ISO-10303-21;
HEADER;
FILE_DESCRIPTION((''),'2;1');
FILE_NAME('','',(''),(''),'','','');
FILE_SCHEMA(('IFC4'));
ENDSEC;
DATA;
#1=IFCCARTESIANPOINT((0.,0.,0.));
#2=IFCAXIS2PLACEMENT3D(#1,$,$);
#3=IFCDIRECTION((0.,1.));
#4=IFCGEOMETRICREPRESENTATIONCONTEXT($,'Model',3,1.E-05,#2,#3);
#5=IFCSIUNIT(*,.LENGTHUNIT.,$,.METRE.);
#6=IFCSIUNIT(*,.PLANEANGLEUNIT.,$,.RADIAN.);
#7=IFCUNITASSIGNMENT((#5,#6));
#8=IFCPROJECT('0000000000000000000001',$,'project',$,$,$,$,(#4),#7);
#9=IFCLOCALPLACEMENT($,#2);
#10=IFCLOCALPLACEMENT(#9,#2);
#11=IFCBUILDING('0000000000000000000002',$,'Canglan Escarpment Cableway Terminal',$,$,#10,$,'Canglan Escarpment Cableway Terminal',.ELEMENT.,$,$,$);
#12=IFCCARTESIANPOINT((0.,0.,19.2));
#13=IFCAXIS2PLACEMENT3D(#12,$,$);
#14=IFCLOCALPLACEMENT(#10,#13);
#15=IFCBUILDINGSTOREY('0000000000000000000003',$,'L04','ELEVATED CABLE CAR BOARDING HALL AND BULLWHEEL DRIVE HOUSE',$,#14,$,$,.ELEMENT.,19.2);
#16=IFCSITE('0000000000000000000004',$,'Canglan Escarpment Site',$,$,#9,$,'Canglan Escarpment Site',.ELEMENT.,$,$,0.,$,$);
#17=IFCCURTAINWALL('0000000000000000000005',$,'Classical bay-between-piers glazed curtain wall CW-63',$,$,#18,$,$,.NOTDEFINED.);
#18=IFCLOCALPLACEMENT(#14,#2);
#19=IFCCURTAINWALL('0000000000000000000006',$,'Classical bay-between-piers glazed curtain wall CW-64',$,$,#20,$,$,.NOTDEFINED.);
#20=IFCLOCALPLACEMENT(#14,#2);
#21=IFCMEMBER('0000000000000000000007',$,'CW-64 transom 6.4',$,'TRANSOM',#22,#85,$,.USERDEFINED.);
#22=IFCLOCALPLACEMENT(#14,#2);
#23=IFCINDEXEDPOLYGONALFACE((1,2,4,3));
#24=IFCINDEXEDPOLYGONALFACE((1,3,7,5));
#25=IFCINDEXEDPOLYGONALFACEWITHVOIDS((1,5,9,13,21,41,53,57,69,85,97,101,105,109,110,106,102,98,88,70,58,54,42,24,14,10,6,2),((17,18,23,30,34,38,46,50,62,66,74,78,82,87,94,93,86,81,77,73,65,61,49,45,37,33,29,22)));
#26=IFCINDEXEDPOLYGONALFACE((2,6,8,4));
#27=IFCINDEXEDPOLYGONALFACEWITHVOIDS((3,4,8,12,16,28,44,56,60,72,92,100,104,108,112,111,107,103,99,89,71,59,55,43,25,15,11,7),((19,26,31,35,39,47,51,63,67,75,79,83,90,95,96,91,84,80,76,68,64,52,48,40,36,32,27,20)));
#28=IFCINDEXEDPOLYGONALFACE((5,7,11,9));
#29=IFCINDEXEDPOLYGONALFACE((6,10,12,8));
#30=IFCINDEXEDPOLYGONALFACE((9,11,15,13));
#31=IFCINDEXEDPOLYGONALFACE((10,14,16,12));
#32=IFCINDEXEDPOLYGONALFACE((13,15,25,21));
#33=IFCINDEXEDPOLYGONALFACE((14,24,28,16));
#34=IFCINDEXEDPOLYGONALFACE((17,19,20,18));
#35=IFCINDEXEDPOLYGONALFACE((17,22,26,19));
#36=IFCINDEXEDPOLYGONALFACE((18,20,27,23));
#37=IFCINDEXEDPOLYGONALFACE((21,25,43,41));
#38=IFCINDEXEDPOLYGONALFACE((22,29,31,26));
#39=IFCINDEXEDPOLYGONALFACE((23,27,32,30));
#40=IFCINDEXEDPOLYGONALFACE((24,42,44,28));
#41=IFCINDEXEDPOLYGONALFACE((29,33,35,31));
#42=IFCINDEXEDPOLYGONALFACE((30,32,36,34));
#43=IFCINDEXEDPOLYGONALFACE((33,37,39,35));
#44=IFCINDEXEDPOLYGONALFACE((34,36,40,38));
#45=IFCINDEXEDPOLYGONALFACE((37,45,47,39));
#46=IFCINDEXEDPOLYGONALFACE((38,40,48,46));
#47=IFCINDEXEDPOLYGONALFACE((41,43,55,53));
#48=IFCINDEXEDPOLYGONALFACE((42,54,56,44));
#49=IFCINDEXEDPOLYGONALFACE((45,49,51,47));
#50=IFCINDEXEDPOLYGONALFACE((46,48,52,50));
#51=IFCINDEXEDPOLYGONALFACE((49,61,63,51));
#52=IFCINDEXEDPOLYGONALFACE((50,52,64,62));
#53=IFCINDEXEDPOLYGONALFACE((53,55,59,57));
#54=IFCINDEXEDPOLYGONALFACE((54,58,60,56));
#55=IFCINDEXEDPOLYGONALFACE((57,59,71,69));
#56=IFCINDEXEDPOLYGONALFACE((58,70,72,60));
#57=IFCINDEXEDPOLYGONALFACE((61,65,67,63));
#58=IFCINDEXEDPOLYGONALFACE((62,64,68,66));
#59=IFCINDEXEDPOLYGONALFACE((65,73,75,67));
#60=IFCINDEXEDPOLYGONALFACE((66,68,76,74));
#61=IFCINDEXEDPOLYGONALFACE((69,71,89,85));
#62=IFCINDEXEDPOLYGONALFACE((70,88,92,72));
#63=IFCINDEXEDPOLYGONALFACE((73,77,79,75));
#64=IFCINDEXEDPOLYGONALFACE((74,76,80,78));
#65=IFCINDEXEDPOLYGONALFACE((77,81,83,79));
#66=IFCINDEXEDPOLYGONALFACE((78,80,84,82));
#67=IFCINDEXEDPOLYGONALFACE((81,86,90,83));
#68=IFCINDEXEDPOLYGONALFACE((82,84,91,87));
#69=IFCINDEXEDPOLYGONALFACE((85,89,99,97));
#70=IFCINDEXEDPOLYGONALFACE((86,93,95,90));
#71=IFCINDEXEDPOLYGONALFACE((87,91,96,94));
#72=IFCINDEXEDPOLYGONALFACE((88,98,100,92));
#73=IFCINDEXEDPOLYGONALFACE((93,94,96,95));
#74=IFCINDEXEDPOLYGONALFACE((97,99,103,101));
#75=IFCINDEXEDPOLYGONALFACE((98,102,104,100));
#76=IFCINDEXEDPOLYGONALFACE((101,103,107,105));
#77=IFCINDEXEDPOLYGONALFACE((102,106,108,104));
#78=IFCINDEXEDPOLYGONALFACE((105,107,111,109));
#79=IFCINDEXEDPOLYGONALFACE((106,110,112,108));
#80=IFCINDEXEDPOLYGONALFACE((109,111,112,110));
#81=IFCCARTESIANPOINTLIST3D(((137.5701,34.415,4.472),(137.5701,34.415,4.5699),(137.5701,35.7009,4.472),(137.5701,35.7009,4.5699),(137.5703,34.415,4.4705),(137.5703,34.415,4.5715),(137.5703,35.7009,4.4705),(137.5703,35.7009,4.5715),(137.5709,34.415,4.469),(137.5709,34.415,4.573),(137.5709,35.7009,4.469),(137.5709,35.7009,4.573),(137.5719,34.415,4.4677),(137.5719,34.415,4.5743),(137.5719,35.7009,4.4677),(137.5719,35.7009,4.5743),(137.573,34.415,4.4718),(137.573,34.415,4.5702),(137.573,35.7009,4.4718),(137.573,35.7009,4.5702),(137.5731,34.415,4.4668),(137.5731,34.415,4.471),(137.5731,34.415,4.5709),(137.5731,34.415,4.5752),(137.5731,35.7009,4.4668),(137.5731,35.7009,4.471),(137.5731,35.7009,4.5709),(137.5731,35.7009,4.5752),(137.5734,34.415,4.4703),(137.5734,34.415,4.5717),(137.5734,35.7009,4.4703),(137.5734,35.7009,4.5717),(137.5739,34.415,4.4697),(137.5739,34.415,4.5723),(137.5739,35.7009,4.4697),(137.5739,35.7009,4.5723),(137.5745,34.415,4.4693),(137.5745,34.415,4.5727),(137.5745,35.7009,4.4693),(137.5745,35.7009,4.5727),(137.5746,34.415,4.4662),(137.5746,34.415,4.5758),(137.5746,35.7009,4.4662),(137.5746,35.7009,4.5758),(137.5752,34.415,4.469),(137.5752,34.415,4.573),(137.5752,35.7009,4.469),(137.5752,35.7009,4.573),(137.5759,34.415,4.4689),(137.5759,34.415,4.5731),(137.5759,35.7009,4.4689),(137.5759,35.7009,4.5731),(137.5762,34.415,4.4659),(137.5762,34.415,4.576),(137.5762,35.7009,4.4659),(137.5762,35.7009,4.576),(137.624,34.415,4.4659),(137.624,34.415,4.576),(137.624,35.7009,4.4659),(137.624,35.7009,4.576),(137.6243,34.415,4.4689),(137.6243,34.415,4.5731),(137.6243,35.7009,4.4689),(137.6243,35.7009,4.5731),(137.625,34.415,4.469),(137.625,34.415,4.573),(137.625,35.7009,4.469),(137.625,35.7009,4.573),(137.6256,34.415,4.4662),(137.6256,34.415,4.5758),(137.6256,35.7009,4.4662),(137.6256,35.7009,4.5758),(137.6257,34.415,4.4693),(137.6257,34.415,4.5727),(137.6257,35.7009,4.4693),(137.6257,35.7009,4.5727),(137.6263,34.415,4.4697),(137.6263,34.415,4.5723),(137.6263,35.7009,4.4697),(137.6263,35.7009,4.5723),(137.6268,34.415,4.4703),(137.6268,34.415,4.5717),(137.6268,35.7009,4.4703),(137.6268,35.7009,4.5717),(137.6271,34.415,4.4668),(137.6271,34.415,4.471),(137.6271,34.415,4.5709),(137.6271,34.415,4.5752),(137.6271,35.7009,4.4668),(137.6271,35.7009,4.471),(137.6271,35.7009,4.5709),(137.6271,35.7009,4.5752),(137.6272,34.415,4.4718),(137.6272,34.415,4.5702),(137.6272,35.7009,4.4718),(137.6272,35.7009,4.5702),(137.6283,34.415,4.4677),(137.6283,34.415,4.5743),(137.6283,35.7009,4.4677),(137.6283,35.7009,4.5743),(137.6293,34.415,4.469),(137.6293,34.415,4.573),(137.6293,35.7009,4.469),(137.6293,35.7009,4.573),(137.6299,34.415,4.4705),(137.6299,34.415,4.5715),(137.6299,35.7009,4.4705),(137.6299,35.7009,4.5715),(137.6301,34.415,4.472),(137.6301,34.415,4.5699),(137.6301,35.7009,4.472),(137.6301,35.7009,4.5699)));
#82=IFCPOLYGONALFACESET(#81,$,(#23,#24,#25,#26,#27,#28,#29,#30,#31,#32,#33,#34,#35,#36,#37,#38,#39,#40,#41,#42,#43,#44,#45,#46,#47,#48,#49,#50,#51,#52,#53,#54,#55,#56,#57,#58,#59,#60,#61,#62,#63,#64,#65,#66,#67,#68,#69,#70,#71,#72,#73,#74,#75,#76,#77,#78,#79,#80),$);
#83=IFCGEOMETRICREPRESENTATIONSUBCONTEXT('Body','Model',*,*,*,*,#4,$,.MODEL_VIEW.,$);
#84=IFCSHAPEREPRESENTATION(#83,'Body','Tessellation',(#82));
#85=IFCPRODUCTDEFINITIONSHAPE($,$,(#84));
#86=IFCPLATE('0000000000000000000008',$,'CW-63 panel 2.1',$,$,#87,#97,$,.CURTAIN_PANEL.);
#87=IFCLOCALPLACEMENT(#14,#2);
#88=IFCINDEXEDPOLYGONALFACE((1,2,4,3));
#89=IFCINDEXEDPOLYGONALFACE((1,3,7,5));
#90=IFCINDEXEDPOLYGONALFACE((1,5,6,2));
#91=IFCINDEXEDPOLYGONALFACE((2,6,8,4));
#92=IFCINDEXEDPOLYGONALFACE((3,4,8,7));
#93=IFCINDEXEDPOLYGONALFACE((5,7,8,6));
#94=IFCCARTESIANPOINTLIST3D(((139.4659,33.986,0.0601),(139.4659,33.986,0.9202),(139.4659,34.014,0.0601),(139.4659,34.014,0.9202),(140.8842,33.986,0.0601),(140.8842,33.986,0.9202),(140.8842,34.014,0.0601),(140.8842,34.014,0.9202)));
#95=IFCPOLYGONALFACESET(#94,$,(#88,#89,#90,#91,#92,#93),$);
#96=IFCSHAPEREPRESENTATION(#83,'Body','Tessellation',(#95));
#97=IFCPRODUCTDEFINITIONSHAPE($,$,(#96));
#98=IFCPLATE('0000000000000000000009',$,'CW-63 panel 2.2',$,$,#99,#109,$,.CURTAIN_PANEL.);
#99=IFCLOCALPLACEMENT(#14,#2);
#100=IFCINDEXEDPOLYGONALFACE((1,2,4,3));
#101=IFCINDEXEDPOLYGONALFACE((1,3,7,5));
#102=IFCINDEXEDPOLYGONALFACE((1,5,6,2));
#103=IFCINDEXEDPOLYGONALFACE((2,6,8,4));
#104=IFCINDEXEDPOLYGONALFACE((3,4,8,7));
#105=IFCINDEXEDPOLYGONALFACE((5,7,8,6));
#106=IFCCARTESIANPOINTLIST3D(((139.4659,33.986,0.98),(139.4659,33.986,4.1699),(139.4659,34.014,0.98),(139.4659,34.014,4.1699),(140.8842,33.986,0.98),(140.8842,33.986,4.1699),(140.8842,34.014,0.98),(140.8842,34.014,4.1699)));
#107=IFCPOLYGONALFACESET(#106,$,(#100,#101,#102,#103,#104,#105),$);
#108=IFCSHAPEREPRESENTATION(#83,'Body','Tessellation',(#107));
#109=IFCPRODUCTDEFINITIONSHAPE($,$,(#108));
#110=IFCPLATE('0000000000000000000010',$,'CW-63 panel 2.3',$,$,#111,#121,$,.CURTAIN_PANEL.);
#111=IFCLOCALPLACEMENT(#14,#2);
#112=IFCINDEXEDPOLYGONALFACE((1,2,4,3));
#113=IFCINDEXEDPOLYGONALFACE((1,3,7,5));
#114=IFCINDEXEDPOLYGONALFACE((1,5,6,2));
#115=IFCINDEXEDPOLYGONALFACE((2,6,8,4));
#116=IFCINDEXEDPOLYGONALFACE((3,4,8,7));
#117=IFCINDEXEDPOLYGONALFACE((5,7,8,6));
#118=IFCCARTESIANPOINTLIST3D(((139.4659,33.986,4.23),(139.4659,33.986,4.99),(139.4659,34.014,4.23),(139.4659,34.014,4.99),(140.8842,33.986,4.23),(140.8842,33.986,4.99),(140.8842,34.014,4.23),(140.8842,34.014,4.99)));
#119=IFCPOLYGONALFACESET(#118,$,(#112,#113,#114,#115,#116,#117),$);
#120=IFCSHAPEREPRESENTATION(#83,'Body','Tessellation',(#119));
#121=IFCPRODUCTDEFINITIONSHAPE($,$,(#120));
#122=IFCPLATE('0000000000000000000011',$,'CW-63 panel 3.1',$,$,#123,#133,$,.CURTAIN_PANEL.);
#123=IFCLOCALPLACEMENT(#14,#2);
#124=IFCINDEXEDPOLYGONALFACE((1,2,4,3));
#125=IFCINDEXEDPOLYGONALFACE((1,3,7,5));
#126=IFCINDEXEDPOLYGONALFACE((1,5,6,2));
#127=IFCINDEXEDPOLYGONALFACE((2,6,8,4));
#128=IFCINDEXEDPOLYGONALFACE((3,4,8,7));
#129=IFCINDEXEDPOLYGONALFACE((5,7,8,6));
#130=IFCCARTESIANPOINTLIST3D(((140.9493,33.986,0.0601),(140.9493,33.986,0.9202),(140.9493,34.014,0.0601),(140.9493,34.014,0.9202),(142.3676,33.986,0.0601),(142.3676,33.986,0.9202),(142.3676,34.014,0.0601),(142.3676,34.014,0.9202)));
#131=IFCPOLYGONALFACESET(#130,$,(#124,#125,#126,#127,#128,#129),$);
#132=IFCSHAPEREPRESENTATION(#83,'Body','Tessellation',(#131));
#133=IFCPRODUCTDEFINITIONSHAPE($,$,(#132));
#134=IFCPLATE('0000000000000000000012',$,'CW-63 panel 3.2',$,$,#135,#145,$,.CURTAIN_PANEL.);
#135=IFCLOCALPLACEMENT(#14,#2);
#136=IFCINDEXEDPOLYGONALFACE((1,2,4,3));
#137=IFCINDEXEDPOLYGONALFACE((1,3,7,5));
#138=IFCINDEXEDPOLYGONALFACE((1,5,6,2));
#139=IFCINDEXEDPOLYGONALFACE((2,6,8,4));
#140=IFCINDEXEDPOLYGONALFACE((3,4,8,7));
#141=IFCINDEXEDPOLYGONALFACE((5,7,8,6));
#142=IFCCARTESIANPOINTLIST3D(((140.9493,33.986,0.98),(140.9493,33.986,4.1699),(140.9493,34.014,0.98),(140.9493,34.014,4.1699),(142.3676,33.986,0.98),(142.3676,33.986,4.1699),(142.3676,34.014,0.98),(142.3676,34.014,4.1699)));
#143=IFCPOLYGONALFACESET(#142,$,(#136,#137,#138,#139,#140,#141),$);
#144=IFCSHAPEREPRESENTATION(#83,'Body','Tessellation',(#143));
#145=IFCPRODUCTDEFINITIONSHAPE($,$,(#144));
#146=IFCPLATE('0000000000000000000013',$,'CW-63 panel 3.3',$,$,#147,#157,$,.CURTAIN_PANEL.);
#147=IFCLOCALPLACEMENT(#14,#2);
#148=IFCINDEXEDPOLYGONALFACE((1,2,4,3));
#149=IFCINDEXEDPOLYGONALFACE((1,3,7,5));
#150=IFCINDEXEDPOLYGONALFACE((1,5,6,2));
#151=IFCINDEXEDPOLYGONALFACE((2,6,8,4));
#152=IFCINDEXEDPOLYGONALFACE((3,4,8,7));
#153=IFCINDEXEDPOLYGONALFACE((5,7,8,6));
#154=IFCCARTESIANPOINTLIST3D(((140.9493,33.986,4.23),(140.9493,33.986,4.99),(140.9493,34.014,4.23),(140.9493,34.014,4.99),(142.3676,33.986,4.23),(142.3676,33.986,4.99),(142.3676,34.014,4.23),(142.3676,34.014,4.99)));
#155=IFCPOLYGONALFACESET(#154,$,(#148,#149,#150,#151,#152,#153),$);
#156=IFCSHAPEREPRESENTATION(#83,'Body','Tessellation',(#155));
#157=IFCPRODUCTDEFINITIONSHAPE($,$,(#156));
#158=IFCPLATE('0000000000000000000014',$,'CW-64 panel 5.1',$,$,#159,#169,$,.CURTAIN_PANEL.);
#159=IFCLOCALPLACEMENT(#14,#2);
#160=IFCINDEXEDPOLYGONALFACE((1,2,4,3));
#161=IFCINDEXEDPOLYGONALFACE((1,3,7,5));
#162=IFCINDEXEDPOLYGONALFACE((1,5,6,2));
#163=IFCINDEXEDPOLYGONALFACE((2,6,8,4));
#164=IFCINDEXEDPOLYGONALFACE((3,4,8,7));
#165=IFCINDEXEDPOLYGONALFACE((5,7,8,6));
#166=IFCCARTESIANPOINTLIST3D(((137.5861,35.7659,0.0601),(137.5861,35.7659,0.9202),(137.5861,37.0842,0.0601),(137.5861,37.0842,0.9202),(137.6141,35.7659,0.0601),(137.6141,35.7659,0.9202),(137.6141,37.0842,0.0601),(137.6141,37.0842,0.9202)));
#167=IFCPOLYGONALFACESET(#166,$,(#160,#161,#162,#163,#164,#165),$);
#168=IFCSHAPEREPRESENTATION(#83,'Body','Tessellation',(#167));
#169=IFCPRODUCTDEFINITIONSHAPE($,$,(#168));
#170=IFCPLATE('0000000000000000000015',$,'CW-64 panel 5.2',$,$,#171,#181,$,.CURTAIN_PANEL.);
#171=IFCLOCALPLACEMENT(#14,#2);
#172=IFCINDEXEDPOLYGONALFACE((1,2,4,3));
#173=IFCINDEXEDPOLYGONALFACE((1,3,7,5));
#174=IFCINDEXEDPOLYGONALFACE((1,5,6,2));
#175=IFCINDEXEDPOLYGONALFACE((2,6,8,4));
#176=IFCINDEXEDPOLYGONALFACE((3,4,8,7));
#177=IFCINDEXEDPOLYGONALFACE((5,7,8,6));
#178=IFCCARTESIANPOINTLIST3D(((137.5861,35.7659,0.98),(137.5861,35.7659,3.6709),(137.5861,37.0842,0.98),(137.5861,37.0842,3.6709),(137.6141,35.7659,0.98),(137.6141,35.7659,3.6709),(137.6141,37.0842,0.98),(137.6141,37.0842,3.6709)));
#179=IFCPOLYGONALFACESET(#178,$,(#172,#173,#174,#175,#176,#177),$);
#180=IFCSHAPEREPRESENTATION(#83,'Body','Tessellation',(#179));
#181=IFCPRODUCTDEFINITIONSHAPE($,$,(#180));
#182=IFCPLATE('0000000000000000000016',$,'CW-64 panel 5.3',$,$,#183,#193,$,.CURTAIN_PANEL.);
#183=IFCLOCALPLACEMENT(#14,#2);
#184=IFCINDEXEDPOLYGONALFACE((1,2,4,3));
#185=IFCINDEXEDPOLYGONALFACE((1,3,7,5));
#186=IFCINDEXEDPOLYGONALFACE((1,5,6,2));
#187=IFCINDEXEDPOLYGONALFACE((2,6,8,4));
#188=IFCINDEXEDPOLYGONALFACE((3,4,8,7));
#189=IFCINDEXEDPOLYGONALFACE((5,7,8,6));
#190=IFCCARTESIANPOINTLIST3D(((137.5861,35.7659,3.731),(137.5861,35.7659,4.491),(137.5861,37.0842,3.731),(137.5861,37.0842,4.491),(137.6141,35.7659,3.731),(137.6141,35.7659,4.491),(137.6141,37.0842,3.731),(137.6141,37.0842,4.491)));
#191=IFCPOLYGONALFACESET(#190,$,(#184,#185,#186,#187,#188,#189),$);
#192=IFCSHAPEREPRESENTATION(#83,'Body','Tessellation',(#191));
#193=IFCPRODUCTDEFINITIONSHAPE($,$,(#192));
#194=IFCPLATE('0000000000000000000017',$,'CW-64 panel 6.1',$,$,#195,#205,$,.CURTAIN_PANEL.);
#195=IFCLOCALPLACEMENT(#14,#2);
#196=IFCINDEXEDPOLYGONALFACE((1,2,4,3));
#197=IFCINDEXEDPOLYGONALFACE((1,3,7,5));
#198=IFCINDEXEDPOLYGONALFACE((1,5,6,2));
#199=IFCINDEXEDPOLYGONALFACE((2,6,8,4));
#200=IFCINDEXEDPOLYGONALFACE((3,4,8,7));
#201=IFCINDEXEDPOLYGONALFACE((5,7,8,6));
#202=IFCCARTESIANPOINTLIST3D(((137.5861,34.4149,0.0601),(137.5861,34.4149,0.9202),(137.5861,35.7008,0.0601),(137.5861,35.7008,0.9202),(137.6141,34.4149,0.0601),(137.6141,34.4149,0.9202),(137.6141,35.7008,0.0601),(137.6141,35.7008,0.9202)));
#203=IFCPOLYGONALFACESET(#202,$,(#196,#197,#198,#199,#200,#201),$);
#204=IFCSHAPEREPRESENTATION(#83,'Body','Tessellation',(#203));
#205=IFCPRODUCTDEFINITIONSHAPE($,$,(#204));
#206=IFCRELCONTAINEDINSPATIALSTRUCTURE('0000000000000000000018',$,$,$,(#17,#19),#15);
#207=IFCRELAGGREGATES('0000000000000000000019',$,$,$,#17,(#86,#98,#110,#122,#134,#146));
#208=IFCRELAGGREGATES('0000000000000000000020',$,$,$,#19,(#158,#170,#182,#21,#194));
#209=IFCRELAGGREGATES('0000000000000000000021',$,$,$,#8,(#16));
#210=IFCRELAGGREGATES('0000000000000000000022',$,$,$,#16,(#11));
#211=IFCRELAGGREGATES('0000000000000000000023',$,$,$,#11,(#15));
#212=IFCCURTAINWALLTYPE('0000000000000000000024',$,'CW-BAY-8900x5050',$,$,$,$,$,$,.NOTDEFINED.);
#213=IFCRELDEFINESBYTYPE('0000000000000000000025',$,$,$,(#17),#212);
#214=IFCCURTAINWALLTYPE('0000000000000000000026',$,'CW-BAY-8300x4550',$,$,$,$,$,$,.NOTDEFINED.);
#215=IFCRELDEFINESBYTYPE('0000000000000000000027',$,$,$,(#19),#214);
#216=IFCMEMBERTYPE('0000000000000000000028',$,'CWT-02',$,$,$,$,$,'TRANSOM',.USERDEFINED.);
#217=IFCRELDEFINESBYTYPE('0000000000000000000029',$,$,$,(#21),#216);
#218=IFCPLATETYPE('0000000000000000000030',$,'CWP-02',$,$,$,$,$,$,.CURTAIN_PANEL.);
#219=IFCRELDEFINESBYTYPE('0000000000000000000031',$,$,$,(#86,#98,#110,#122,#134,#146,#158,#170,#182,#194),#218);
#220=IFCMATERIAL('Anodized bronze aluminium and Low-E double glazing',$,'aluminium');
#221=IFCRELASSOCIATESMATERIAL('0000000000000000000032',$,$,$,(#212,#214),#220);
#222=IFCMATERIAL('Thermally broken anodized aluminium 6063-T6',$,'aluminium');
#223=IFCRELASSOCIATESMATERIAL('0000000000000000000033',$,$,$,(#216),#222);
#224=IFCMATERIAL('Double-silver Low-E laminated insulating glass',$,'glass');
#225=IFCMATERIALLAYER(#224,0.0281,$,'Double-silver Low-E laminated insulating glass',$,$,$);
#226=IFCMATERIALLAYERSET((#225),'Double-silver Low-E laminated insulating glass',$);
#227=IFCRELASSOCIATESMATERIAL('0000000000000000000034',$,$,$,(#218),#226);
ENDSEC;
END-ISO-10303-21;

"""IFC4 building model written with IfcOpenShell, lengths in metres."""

from ifc_helpers import new_model, si_unit, direction, frame, origin, origin_2d, place, context, subcontext, project, spatial, rectangle, hollow_rectangle, extrude, material, layer, layer_set, material_profile, profile_set, type_object, element, aggregate, save


model = new_model("IFC4")

# Units and contexts
model_context = context("Model", 3, precision=1e-05, world=origin(), true_north=direction((0.0, 1.0)))
body_context = subcontext(model_context, "Body", "Model", "MODEL_VIEW")
ifc_project = project(units=[si_unit("LENGTHUNIT", "METRE"), si_unit("PLANEANGLEUNIT", "RADIAN")], contexts=[model_context])

# Site, building, storey
site_placement = place(None, origin())
site = spatial("IfcSite", under=ifc_project, at=site_placement, Name="Canglan Escarpment Site", LongName="Canglan Escarpment Site", CompositionType="ELEMENT", RefElevation=0.0)
building_placement = place(site_placement, origin())
building = spatial("IfcBuilding", under=site, at=building_placement, Name="Canglan Escarpment Cableway Terminal", LongName="Canglan Escarpment Cableway Terminal", CompositionType="ELEMENT")
storey_placement = place(building_placement, frame((0.0, 0.0, 19.2)))
storey = spatial("IfcBuildingStorey", under=building, at=storey_placement, Name="L04", Description="ELEVATED CABLE CAR BOARDING HALL AND BULLWHEEL DRIVE HOUSE", CompositionType="ELEMENT", Elevation=19.2)

# Curtain wall
ifc_material_1 = material(Name="Anodized bronze aluminium and Low-E double glazing", Category="aluminium")
curtain_wall_type_1 = type_object("IfcCurtainWallType", Name="CW-BAY-8900x5050", PredefinedType="NOTDEFINED", material=ifc_material_1)
curtain_wall_1_placement = place(storey_placement, origin())
curtain_wall_1 = element("IfcCurtainWall", 1, at=curtain_wall_1_placement, inside=storey, type_object=curtain_wall_type_1, Name="Classical bay-between-piers glazed curtain wall CW-63", PredefinedType="NOTDEFINED")
ifc_material_2 = material(Name="Thermally broken anodized aluminium 6063-T6", Category="aluminium")

# Curtain wall
curtain_wall_type_2 = type_object("IfcCurtainWallType", Name="CW-BAY-8300x4550", PredefinedType="NOTDEFINED", material=ifc_material_1)
curtain_wall_2_placement = place(storey_placement, origin())
curtain_wall_2 = element("IfcCurtainWall", 2, at=curtain_wall_2_placement, inside=storey, type_object=curtain_wall_type_2, Name="Classical bay-between-piers glazed curtain wall CW-64", PredefinedType="NOTDEFINED")

# Member
ifc_material_profile_1 = material_profile(ifc_material_2, hollow_rectangle(XDim=0.0601, YDim=0.1101, WallThickness=0.0029, InnerFilletRadius=0.0029, OuterFilletRadius=0.0061, at=origin_2d()), Name="ALU-TRAN 60x110x3")
ifc_profile_set_1 = profile_set([ifc_material_profile_1], Name="Thermally broken anodized aluminium 6063-T6")
member_type_1 = type_object("IfcMemberType", Name="CWT-02", ElementType="TRANSOM", PredefinedType="USERDEFINED", material=ifc_profile_set_1)
member_1_placement = place(storey_placement, frame((137.6001, 35.7009, 4.521), z_axis=(0.0, -1.0, 0.0), x_axis=(1.0, 0.0, 0.0)))
member_1 = element("IfcMember", 3, at=member_1_placement, type_object=member_type_1, Name="CW-64 transom 6.4", ObjectType="TRANSOM", PredefinedType="USERDEFINED", context=body_context, shape_type="SweptSolid", body=[
    extrude(hollow_rectangle(XDim=0.0601, YDim=0.1101, WallThickness=0.0029, InnerFilletRadius=0.0029, OuterFilletRadius=0.0061, at=origin_2d()), origin(), (0.0, 0.0, 1.0), 1.2859),
])

# Plates
ifc_material_3 = material(Name="Double-silver Low-E laminated insulating glass", Category="glass")
ifc_layer_1 = layer(ifc_material_3, 0.0281, Name="Double-silver Low-E laminated insulating glass")
ifc_layer_set_1 = layer_set([ifc_layer_1], Name="Double-silver Low-E laminated insulating glass")
plate_type = type_object("IfcPlateType", Name="CWP-02", PredefinedType="CURTAIN_PANEL", material=ifc_layer_set_1)
plate_1_placement = place(storey_placement, frame((140.175, 34.0, 0.0601), z_axis=(0.0, 0.0, 1.0), x_axis=(1.0, 0.0, 0.0)))
plate_1 = element("IfcPlate", 4, at=plate_1_placement, type_object=plate_type, Name="CW-63 panel 2.1", PredefinedType="CURTAIN_PANEL", context=body_context, shape_type="SweptSolid", body=[
    extrude(rectangle(XDim=1.4182, YDim=0.0281, at=origin_2d()), origin(), (0.0, 0.0, 1.0), 0.8601),
])
plate_2_placement = place(storey_placement, frame((140.175, 34.0, 0.98), z_axis=(0.0, 0.0, 1.0), x_axis=(1.0, 0.0, 0.0)))
plate_2 = element("IfcPlate", 5, at=plate_2_placement, type_object=plate_type, Name="CW-63 panel 2.2", PredefinedType="CURTAIN_PANEL", context=body_context, shape_type="SweptSolid", body=[
    extrude(rectangle(XDim=1.4182, YDim=0.0281, at=origin_2d()), origin(), (0.0, 0.0, 1.0), 3.1899),
])
plate_3_placement = place(storey_placement, frame((140.175, 34.0, 4.23), z_axis=(0.0, 0.0, 1.0), x_axis=(1.0, 0.0, 0.0)))
plate_3 = element("IfcPlate", 6, at=plate_3_placement, type_object=plate_type, Name="CW-63 panel 2.3", PredefinedType="CURTAIN_PANEL", context=body_context, shape_type="SweptSolid", body=[
    extrude(rectangle(XDim=1.4182, YDim=0.0281, at=origin_2d()), origin(), (0.0, 0.0, 1.0), 0.76),
])
plate_4_placement = place(storey_placement, frame((141.6584, 34.0, 0.0601), z_axis=(0.0, 0.0, 1.0), x_axis=(1.0, 0.0, 0.0)))
plate_4 = element("IfcPlate", 7, at=plate_4_placement, type_object=plate_type, Name="CW-63 panel 3.1", PredefinedType="CURTAIN_PANEL", context=body_context, shape_type="SweptSolid", body=[
    extrude(rectangle(XDim=1.4182, YDim=0.0281, at=origin_2d()), origin(), (0.0, 0.0, 1.0), 0.8601),
])
plate_5_placement = place(storey_placement, frame((141.6584, 34.0, 0.98), z_axis=(0.0, 0.0, 1.0), x_axis=(1.0, 0.0, 0.0)))
plate_5 = element("IfcPlate", 8, at=plate_5_placement, type_object=plate_type, Name="CW-63 panel 3.2", PredefinedType="CURTAIN_PANEL", context=body_context, shape_type="SweptSolid", body=[
    extrude(rectangle(XDim=1.4182, YDim=0.0281, at=origin_2d()), origin(), (0.0, 0.0, 1.0), 3.1899),
])
plate_6_placement = place(storey_placement, frame((141.6584, 34.0, 4.23), z_axis=(0.0, 0.0, 1.0), x_axis=(1.0, 0.0, 0.0)))
plate_6 = element("IfcPlate", 9, at=plate_6_placement, type_object=plate_type, Name="CW-63 panel 3.3", PredefinedType="CURTAIN_PANEL", context=body_context, shape_type="SweptSolid", body=[
    extrude(rectangle(XDim=1.4182, YDim=0.0281, at=origin_2d()), origin(), (0.0, 0.0, 1.0), 0.76),
])
aggregate(curtain_wall_1, [plate_1, plate_2, plate_3, plate_4, plate_5, plate_6])
plate_7_placement = place(storey_placement, frame((137.6001, 36.425, 0.0601), z_axis=(0.0, 0.0, 1.0), x_axis=(0.0, -1.0, 0.0)))
plate_7 = element("IfcPlate", 10, at=plate_7_placement, type_object=plate_type, Name="CW-64 panel 5.1", PredefinedType="CURTAIN_PANEL", context=body_context, shape_type="SweptSolid", body=[
    extrude(rectangle(XDim=1.3184, YDim=0.0281, at=origin_2d()), origin(), (0.0, 0.0, 1.0), 0.8601),
])
plate_8_placement = place(storey_placement, frame((137.6001, 36.425, 0.98), z_axis=(0.0, 0.0, 1.0), x_axis=(0.0, -1.0, 0.0)))
plate_8 = element("IfcPlate", 11, at=plate_8_placement, type_object=plate_type, Name="CW-64 panel 5.2", PredefinedType="CURTAIN_PANEL", context=body_context, shape_type="SweptSolid", body=[
    extrude(rectangle(XDim=1.3184, YDim=0.0281, at=origin_2d()), origin(), (0.0, 0.0, 1.0), 2.6909),
])
plate_9_placement = place(storey_placement, frame((137.6001, 36.425, 3.731), z_axis=(0.0, 0.0, 1.0), x_axis=(0.0, -1.0, 0.0)))
plate_9 = element("IfcPlate", 12, at=plate_9_placement, type_object=plate_type, Name="CW-64 panel 5.3", PredefinedType="CURTAIN_PANEL", context=body_context, shape_type="SweptSolid", body=[
    extrude(rectangle(XDim=1.3184, YDim=0.0281, at=origin_2d()), origin(), (0.0, 0.0, 1.0), 0.76),
])
plate_10_placement = place(storey_placement, frame((137.6001, 35.0579, 0.0601), z_axis=(0.0, 0.0, 1.0), x_axis=(0.0, -1.0, 0.0)))
plate_10 = element("IfcPlate", 13, at=plate_10_placement, type_object=plate_type, Name="CW-64 panel 6.1", PredefinedType="CURTAIN_PANEL", context=body_context, shape_type="SweptSolid", body=[
    extrude(rectangle(XDim=1.2859, YDim=0.0281, at=origin_2d()), origin(), (0.0, 0.0, 1.0), 0.8601),
])
aggregate(curtain_wall_2, [plate_7, plate_8, plate_9, member_1, plate_10])

save(model, "model.ifc")
